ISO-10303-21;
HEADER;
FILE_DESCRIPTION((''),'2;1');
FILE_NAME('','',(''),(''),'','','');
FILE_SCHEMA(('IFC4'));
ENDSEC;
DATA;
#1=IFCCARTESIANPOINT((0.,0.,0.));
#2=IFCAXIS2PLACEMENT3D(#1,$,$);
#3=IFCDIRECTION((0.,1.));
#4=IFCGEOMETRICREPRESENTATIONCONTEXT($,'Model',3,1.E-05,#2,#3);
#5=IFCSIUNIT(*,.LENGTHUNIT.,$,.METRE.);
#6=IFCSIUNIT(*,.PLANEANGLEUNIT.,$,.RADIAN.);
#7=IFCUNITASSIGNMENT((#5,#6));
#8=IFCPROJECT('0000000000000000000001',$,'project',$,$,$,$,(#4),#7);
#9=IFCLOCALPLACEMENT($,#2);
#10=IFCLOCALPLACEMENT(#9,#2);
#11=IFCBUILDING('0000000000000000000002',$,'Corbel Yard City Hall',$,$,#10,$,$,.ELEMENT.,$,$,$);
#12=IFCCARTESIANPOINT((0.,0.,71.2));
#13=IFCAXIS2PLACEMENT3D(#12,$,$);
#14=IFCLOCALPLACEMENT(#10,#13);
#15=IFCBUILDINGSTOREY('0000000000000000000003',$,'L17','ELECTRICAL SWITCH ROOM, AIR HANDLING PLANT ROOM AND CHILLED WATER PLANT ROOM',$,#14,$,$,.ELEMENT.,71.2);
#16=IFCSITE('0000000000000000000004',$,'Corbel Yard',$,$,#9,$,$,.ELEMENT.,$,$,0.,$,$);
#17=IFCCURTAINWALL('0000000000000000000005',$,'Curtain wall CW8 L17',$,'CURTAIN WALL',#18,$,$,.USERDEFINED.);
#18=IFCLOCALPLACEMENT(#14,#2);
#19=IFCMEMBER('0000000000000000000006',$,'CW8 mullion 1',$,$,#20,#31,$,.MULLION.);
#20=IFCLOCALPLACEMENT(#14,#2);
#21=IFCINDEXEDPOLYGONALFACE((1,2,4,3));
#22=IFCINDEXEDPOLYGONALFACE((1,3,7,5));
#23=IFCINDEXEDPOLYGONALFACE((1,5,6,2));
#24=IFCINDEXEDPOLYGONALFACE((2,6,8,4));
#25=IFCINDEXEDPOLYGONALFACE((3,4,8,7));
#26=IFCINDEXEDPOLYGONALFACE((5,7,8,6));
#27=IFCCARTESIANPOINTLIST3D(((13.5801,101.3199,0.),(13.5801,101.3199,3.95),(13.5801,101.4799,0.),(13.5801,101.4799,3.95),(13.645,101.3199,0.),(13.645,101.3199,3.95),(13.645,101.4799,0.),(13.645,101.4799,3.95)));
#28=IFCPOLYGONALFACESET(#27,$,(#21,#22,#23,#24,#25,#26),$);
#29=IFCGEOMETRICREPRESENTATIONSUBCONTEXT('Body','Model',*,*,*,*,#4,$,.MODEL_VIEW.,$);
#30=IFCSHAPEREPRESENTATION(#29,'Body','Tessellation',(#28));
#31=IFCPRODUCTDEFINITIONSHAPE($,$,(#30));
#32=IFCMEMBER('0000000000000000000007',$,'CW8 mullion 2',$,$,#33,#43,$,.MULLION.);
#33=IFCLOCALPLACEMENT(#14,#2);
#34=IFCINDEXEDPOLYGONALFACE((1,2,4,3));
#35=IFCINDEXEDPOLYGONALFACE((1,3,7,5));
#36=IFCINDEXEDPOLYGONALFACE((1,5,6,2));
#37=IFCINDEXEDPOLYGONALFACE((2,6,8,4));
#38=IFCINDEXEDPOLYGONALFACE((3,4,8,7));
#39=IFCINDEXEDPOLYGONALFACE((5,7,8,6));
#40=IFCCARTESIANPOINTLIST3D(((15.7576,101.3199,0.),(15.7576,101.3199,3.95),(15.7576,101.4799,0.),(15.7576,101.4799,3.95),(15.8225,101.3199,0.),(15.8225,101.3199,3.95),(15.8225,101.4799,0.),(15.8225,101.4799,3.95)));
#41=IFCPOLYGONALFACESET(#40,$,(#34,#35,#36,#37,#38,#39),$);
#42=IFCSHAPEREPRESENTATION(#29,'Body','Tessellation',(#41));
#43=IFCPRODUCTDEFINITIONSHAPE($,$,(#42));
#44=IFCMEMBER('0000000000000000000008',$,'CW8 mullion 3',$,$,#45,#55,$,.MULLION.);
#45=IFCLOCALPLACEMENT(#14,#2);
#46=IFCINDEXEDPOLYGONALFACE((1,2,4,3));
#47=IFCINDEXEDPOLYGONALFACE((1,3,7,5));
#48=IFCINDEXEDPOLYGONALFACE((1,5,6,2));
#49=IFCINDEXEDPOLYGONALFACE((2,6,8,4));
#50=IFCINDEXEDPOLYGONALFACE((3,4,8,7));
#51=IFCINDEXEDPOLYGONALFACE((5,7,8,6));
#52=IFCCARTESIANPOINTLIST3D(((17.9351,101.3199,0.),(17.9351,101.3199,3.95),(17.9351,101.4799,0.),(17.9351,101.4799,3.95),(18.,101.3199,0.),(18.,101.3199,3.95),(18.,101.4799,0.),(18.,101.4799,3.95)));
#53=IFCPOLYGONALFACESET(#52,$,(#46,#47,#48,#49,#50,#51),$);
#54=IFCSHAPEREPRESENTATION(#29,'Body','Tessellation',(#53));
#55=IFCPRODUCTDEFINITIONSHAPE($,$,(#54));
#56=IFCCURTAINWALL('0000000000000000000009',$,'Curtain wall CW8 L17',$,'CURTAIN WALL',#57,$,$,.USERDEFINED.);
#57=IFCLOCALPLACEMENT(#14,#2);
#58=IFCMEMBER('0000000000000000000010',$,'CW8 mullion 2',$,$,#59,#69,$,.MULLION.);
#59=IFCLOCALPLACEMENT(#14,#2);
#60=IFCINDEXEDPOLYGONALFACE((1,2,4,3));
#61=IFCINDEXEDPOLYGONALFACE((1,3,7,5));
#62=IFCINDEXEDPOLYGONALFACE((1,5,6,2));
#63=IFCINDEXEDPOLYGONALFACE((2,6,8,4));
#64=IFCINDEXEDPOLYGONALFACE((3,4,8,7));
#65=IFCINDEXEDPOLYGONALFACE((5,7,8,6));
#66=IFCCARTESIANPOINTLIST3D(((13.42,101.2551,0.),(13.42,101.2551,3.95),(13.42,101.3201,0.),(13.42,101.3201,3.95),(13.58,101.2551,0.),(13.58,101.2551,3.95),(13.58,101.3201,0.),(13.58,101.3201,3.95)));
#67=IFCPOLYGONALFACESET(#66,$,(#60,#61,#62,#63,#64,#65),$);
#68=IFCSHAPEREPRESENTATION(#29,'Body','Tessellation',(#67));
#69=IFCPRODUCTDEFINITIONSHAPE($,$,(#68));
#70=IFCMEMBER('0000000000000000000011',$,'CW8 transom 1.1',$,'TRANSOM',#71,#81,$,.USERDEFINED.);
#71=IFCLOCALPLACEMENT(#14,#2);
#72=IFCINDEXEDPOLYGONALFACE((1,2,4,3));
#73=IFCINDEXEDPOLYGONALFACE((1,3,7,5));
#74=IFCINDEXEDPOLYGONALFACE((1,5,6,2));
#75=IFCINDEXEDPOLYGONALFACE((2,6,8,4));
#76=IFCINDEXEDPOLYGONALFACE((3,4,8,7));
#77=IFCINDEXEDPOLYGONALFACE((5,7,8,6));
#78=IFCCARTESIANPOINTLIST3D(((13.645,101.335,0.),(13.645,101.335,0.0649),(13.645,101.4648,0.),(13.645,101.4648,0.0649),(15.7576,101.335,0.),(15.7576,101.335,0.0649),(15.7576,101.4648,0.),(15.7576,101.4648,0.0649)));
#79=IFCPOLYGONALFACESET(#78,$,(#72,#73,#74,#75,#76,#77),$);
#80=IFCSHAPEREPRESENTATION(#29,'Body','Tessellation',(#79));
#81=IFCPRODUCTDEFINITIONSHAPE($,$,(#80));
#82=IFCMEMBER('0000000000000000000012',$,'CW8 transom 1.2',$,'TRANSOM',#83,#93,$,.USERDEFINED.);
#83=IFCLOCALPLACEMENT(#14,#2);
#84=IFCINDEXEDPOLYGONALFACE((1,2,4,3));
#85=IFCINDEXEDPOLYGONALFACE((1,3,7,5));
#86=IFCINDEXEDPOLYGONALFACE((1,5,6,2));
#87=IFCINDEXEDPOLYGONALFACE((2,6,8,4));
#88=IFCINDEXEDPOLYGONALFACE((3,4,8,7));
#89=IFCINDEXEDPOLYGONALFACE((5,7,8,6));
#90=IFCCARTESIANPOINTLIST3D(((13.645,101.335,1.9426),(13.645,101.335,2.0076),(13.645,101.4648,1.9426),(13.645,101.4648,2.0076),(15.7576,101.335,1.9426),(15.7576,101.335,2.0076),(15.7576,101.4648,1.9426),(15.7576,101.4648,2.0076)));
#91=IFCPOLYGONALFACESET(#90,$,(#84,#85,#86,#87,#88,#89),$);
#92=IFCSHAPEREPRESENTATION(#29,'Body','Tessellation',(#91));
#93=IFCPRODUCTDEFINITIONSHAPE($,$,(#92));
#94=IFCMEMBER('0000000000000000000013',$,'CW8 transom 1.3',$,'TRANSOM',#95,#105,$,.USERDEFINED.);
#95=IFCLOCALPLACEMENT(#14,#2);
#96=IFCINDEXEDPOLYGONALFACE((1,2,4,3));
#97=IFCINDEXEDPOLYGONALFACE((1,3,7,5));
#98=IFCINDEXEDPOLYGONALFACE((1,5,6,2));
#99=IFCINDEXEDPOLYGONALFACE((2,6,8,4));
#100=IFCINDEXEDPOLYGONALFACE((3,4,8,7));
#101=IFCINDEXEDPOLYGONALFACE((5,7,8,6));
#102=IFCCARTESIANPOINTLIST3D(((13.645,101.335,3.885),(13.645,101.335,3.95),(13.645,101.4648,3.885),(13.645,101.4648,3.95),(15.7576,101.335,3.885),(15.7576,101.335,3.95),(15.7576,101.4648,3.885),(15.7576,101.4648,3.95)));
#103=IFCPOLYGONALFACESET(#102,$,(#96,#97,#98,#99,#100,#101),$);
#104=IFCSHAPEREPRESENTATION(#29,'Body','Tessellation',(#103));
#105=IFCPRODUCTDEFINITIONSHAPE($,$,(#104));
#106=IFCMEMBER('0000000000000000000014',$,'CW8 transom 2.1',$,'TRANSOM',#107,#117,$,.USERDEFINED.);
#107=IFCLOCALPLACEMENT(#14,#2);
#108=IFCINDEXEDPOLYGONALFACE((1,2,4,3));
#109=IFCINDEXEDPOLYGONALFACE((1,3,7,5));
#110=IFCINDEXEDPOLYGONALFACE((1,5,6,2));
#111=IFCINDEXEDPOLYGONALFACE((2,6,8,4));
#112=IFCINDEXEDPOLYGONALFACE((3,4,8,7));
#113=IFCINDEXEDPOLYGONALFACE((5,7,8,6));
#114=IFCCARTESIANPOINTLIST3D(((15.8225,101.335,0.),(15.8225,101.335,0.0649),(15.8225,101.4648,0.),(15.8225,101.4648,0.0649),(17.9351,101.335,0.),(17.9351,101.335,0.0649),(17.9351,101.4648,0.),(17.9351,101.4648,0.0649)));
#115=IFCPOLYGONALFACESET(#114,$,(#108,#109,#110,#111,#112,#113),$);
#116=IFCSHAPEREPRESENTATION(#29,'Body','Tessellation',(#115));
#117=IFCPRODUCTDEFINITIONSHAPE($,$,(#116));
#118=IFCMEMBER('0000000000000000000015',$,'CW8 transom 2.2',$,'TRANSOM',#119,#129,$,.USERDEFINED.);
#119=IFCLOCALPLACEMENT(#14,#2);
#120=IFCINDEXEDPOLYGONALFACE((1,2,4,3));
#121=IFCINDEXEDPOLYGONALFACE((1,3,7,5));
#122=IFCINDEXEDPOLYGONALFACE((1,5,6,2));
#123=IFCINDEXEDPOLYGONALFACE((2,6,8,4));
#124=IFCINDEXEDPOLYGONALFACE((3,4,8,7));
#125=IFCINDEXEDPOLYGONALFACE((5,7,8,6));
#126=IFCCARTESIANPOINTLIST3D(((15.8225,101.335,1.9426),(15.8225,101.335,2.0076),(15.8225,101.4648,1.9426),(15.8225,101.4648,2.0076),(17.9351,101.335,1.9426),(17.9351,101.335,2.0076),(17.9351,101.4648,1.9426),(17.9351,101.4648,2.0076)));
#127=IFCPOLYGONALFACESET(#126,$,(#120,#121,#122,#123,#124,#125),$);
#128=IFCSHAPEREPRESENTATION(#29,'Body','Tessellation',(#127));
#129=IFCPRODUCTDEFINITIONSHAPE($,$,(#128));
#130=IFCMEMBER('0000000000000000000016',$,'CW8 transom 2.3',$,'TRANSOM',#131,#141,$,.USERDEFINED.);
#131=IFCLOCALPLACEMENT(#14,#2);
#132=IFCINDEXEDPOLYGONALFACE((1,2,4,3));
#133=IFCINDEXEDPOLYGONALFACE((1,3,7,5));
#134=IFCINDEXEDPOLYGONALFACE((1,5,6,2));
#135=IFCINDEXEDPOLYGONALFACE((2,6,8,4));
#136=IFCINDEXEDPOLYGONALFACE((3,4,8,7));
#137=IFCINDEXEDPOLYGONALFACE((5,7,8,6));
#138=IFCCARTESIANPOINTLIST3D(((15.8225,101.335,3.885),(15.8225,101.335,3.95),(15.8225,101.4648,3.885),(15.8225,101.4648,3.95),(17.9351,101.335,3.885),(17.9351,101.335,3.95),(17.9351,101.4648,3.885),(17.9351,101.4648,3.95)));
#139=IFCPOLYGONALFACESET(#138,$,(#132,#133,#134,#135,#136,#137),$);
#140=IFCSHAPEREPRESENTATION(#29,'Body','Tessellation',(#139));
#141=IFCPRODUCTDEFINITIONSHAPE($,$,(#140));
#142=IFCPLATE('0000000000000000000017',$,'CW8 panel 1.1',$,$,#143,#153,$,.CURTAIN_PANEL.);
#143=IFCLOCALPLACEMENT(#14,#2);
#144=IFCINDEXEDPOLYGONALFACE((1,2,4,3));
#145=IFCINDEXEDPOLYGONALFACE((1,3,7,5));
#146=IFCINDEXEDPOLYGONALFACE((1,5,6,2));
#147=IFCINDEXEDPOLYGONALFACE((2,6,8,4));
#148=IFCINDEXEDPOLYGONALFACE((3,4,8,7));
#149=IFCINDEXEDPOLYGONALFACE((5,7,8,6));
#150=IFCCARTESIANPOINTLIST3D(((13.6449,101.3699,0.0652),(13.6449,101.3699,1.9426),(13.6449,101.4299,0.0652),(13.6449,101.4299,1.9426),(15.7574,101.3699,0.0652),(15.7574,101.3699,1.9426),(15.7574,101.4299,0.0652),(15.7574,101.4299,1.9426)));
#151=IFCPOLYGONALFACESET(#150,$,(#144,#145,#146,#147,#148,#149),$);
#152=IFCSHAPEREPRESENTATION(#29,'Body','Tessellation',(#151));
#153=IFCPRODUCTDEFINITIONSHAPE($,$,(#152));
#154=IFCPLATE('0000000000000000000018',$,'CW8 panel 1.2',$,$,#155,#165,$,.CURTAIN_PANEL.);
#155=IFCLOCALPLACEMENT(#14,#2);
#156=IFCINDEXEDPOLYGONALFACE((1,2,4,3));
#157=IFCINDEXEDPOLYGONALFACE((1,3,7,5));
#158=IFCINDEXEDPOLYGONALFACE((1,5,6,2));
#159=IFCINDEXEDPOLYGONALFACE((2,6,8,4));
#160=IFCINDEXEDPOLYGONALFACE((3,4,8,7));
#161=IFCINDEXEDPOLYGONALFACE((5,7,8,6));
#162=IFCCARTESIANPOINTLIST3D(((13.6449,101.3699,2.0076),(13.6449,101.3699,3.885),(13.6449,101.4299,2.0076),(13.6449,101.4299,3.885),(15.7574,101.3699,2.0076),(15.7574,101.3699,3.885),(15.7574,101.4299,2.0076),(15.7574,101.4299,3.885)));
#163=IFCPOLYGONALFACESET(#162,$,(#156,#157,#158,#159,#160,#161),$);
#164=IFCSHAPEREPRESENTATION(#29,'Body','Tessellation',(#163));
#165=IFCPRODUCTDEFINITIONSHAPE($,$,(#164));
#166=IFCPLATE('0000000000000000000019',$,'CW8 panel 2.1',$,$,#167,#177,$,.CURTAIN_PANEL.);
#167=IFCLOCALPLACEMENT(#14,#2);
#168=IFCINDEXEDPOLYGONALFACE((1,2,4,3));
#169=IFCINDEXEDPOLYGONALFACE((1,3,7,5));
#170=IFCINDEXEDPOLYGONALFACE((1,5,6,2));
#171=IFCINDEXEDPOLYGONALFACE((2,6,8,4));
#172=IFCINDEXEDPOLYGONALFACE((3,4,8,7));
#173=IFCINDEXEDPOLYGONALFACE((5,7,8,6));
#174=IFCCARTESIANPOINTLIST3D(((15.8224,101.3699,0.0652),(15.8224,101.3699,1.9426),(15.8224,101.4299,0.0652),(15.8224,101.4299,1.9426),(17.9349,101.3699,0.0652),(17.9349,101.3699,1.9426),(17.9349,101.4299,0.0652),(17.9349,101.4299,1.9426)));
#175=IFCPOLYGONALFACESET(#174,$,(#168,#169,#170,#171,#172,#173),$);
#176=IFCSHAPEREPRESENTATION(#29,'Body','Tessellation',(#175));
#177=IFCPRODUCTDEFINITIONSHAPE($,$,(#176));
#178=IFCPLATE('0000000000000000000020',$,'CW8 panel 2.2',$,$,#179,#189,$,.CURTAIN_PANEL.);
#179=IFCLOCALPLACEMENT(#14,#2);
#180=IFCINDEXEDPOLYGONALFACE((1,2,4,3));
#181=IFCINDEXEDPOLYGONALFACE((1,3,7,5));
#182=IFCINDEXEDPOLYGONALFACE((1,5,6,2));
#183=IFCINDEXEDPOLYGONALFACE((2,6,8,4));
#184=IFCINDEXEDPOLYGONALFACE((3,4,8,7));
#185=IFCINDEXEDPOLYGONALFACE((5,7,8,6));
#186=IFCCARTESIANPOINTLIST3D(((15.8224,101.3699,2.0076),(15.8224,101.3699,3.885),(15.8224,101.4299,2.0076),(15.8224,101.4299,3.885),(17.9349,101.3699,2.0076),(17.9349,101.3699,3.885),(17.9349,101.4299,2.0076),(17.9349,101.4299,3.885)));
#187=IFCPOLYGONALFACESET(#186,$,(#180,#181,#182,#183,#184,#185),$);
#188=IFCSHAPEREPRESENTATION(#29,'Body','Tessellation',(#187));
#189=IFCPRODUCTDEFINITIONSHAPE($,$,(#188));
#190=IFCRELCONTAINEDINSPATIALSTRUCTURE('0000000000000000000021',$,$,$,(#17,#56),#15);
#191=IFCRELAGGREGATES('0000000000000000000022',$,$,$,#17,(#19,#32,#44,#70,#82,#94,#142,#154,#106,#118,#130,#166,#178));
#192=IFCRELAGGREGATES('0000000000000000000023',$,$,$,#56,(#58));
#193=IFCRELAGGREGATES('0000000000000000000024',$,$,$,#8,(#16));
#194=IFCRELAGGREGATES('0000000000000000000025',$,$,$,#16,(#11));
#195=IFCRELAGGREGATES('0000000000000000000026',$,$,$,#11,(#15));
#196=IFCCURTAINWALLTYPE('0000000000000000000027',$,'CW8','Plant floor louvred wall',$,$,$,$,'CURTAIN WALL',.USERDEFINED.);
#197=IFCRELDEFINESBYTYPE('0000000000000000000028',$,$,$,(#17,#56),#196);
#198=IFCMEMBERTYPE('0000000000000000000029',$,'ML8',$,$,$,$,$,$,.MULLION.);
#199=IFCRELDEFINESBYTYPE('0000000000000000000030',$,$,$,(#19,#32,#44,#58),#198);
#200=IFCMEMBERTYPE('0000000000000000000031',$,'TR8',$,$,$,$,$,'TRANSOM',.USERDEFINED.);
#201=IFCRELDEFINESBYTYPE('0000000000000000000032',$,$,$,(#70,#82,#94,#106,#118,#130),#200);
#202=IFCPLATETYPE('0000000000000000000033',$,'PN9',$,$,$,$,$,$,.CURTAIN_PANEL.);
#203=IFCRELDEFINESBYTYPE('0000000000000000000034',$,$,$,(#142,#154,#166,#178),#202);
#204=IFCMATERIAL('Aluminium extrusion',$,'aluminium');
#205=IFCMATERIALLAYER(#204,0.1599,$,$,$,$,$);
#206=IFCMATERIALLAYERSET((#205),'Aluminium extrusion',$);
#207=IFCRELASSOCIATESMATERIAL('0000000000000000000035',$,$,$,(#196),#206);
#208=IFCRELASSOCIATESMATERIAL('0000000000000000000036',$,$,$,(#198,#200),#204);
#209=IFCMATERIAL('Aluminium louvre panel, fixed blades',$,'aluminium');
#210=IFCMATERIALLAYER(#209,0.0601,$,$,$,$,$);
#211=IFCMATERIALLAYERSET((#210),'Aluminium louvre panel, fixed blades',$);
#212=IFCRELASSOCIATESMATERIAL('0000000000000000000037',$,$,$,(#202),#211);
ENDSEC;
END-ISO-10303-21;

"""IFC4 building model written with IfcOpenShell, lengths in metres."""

from ifc_helpers import new_model, si_unit, direction, frame, origin, origin_2d, place, context, subcontext, project, spatial, rectangle, extrude, material, layer, layer_set, material_profile, profile_set, type_object, element, aggregate, save


model = new_model("IFC4")

# Units and contexts
model_context = context("Model", 3, precision=1e-05, world=origin(), true_north=direction((0.0, 1.0)))
body_context = subcontext(model_context, "Body", "Model", "MODEL_VIEW")
ifc_project = project(units=[si_unit("LENGTHUNIT", "METRE"), si_unit("PLANEANGLEUNIT", "RADIAN")], contexts=[model_context])

# Site, building, storey
site_placement = place(None, origin())
site = spatial("IfcSite", under=ifc_project, at=site_placement, Name="Corbel Yard", CompositionType="ELEMENT", RefElevation=0.0)
building_placement = place(site_placement, origin())
building = spatial("IfcBuilding", under=site, at=building_placement, Name="Corbel Yard City Hall", CompositionType="ELEMENT")
storey_placement = place(building_placement, frame((0.0, 0.0, 71.2)))
storey = spatial("IfcBuildingStorey", under=building, at=storey_placement, Name="L17", Description="ELECTRICAL SWITCH ROOM, AIR HANDLING PLANT ROOM AND CHILLED WATER PLANT ROOM", CompositionType="ELEMENT", Elevation=71.2)

# Curtain wall, members
ifc_material_1 = material(Name="Aluminium extrusion", Category="aluminium")
ifc_layer_1 = layer(ifc_material_1, 0.1599)
ifc_layer_set_1 = layer_set([ifc_layer_1], Name="Aluminium extrusion")
curtain_wall_type = type_object("IfcCurtainWallType", Name="CW8", Description="Plant floor louvred wall", ElementType="CURTAIN WALL", PredefinedType="USERDEFINED", material=ifc_layer_set_1)
curtain_wall_1_placement = place(storey_placement, origin())
curtain_wall_1 = element("IfcCurtainWall", 1, at=curtain_wall_1_placement, inside=storey, type_object=curtain_wall_type, Name="Curtain wall CW8 L17", ObjectType="CURTAIN WALL", PredefinedType="USERDEFINED")
ifc_material_profile_1 = material_profile(ifc_material_1, rectangle(XDim=0.1599, YDim=0.0649, at=origin_2d()), Name="160x65")
ifc_profile_set_1 = profile_set([ifc_material_profile_1], Name="Aluminium extrusion")
member_type_1 = type_object("IfcMemberType", Name="ML8", PredefinedType="MULLION", material=ifc_profile_set_1)
member_1_placement = place(storey_placement, frame((13.6125, 101.3999, 0.0), z_axis=(0.0, 0.0, 1.0), x_axis=(0.0, 1.0, 0.0)))
member_1 = element("IfcMember", 2, at=member_1_placement, type_object=member_type_1, Name="CW8 mullion 1", PredefinedType="MULLION", context=body_context, shape_type="SweptSolid", body=[
    extrude(rectangle(XDim=0.1599, YDim=0.0649, at=origin_2d()), origin(), (0.0, 0.0, 1.0), 3.95),
])
member_2_placement = place(storey_placement, frame((15.79, 101.3999, 0.0), z_axis=(0.0, 0.0, 1.0), x_axis=(0.0, 1.0, 0.0)))
member_2 = element("IfcMember", 3, at=member_2_placement, type_object=member_type_1, Name="CW8 mullion 2", PredefinedType="MULLION", context=body_context, shape_type="SweptSolid", body=[
    extrude(rectangle(XDim=0.1599, YDim=0.0649, at=origin_2d()), origin(), (0.0, 0.0, 1.0), 3.95),
])
member_3_placement = place(storey_placement, frame((17.9675, 101.3999, 0.0), z_axis=(0.0, 0.0, 1.0), x_axis=(0.0, 1.0, 0.0)))
member_3 = element("IfcMember", 4, at=member_3_placement, type_object=member_type_1, Name="CW8 mullion 3", PredefinedType="MULLION", context=body_context, shape_type="SweptSolid", body=[
    extrude(rectangle(XDim=0.1599, YDim=0.0649, at=origin_2d()), origin(), (0.0, 0.0, 1.0), 3.95),
])

# Curtain wall, member
curtain_wall_2_placement = place(storey_placement, origin())
curtain_wall_2 = element("IfcCurtainWall", 5, at=curtain_wall_2_placement, inside=storey, type_object=curtain_wall_type, Name="Curtain wall CW8 L17", ObjectType="CURTAIN WALL", PredefinedType="USERDEFINED")
member_4_placement = place(storey_placement, frame((13.5, 101.2876, 0.0), z_axis=(0.0, 0.0, 1.0), x_axis=(-1.0, 0.0, 0.0)))
member_4 = element("IfcMember", 6, at=member_4_placement, type_object=member_type_1, Name="CW8 mullion 2", PredefinedType="MULLION", context=body_context, shape_type="SweptSolid", body=[
    extrude(rectangle(XDim=0.1599, YDim=0.0649, at=origin_2d()), origin(), (0.0, 0.0, 1.0), 3.95),
])

# Members
ifc_material_profile_2 = material_profile(ifc_material_1, rectangle(XDim=0.1299, YDim=0.0649, at=origin_2d()), Name="130x65")
ifc_profile_set_2 = profile_set([ifc_material_profile_2], Name="Aluminium extrusion")
member_type_2 = type_object("IfcMemberType", Name="TR8", ElementType="TRANSOM", PredefinedType="USERDEFINED", material=ifc_profile_set_2)
member_5_placement = place(storey_placement, frame((13.645, 101.3999, 0.0325), z_axis=(1.0, 0.0, 0.0), x_axis=(0.0, 1.0, 0.0)))
member_5 = element("IfcMember", 7, at=member_5_placement, type_object=member_type_2, Name="CW8 transom 1.1", ObjectType="TRANSOM", PredefinedType="USERDEFINED", context=body_context, shape_type="SweptSolid", body=[
    extrude(rectangle(XDim=0.1299, YDim=0.0649, at=origin_2d()), origin(), (0.0, 0.0, 1.0), 2.1125),
])
member_6_placement = place(storey_placement, frame((13.645, 101.3999, 1.9751), z_axis=(1.0, 0.0, 0.0), x_axis=(0.0, 1.0, 0.0)))
member_6 = element("IfcMember", 8, at=member_6_placement, type_object=member_type_2, Name="CW8 transom 1.2", ObjectType="TRANSOM", PredefinedType="USERDEFINED", context=body_context, shape_type="SweptSolid", body=[
    extrude(rectangle(XDim=0.1299, YDim=0.0649, at=origin_2d()), origin(), (0.0, 0.0, 1.0), 2.1125),
])
member_7_placement = place(storey_placement, frame((13.645, 101.3999, 3.9175), z_axis=(1.0, 0.0, 0.0), x_axis=(0.0, 1.0, 0.0)))
member_7 = element("IfcMember", 9, at=member_7_placement, type_object=member_type_2, Name="CW8 transom 1.3", ObjectType="TRANSOM", PredefinedType="USERDEFINED", context=body_context, shape_type="SweptSolid", body=[
    extrude(rectangle(XDim=0.1299, YDim=0.0649, at=origin_2d()), origin(), (0.0, 0.0, 1.0), 2.1125),
])
member_8_placement = place(storey_placement, frame((15.8225, 101.3999, 0.0325), z_axis=(1.0, 0.0, 0.0), x_axis=(0.0, 1.0, 0.0)))
member_8 = element("IfcMember", 10, at=member_8_placement, type_object=member_type_2, Name="CW8 transom 2.1", ObjectType="TRANSOM", PredefinedType="USERDEFINED", context=body_context, shape_type="SweptSolid", body=[
    extrude(rectangle(XDim=0.1299, YDim=0.0649, at=origin_2d()), origin(), (0.0, 0.0, 1.0), 2.1125),
])
member_9_placement = place(storey_placement, frame((15.8225, 101.3999, 1.9751), z_axis=(1.0, 0.0, 0.0), x_axis=(0.0, 1.0, 0.0)))
member_9 = element("IfcMember", 11, at=member_9_placement, type_object=member_type_2, Name="CW8 transom 2.2", ObjectType="TRANSOM", PredefinedType="USERDEFINED", context=body_context, shape_type="SweptSolid", body=[
    extrude(rectangle(XDim=0.1299, YDim=0.0649, at=origin_2d()), origin(), (0.0, 0.0, 1.0), 2.1125),
])
member_10_placement = place(storey_placement, frame((15.8225, 101.3999, 3.9175), z_axis=(1.0, 0.0, 0.0), x_axis=(0.0, 1.0, 0.0)))
member_10 = element("IfcMember", 12, at=member_10_placement, type_object=member_type_2, Name="CW8 transom 2.3", ObjectType="TRANSOM", PredefinedType="USERDEFINED", context=body_context, shape_type="SweptSolid", body=[
    extrude(rectangle(XDim=0.1299, YDim=0.0649, at=origin_2d()), origin(), (0.0, 0.0, 1.0), 2.1125),
])

# Plates
ifc_material_2 = material(Name="Aluminium louvre panel, fixed blades", Category="aluminium")
ifc_layer_2 = layer(ifc_material_2, 0.0601)
ifc_layer_set_2 = layer_set([ifc_layer_2], Name="Aluminium louvre panel, fixed blades")
plate_type = type_object("IfcPlateType", Name="PN9", PredefinedType="CURTAIN_PANEL", material=ifc_layer_set_2)
plate_1_placement = place(storey_placement, frame((14.7012, 101.3999, 0.0652), z_axis=(0.0, 0.0, 1.0), x_axis=(1.0, 0.0, 0.0)))
plate_1 = element("IfcPlate", 13, at=plate_1_placement, type_object=plate_type, Name="CW8 panel 1.1", PredefinedType="CURTAIN_PANEL", context=body_context, shape_type="SweptSolid", body=[
    extrude(rectangle(XDim=2.1125, YDim=0.0601, at=origin_2d()), origin(), (0.0, 0.0, 1.0), 1.8774),
])
plate_2_placement = place(storey_placement, frame((14.7012, 101.3999, 2.0076), z_axis=(0.0, 0.0, 1.0), x_axis=(1.0, 0.0, 0.0)))
plate_2 = element("IfcPlate", 14, at=plate_2_placement, type_object=plate_type, Name="CW8 panel 1.2", PredefinedType="CURTAIN_PANEL", context=body_context, shape_type="SweptSolid", body=[
    extrude(rectangle(XDim=2.1125, YDim=0.0601, at=origin_2d()), origin(), (0.0, 0.0, 1.0), 1.8774),
])
plate_3_placement = place(storey_placement, frame((16.8787, 101.3999, 0.0652), z_axis=(0.0, 0.0, 1.0), x_axis=(1.0, 0.0, 0.0)))
plate_3 = element("IfcPlate", 15, at=plate_3_placement, type_object=plate_type, Name="CW8 panel 2.1", PredefinedType="CURTAIN_PANEL", context=body_context, shape_type="SweptSolid", body=[
    extrude(rectangle(XDim=2.1125, YDim=0.0601, at=origin_2d()), origin(), (0.0, 0.0, 1.0), 1.8774),
])
plate_4_placement = place(storey_placement, frame((16.8787, 101.3999, 2.0076), z_axis=(0.0, 0.0, 1.0), x_axis=(1.0, 0.0, 0.0)))
plate_4 = element("IfcPlate", 16, at=plate_4_placement, type_object=plate_type, Name="CW8 panel 2.2", PredefinedType="CURTAIN_PANEL", context=body_context, shape_type="SweptSolid", body=[
    extrude(rectangle(XDim=2.1125, YDim=0.0601, at=origin_2d()), origin(), (0.0, 0.0, 1.0), 1.8774),
])
aggregate(curtain_wall_1, [member_1, member_2, member_3, member_5, member_6, member_7, plate_1, plate_2, member_8, member_9, member_10, plate_3, plate_4])
aggregate(curtain_wall_2, [member_4])

save(model, "model.ifc")
